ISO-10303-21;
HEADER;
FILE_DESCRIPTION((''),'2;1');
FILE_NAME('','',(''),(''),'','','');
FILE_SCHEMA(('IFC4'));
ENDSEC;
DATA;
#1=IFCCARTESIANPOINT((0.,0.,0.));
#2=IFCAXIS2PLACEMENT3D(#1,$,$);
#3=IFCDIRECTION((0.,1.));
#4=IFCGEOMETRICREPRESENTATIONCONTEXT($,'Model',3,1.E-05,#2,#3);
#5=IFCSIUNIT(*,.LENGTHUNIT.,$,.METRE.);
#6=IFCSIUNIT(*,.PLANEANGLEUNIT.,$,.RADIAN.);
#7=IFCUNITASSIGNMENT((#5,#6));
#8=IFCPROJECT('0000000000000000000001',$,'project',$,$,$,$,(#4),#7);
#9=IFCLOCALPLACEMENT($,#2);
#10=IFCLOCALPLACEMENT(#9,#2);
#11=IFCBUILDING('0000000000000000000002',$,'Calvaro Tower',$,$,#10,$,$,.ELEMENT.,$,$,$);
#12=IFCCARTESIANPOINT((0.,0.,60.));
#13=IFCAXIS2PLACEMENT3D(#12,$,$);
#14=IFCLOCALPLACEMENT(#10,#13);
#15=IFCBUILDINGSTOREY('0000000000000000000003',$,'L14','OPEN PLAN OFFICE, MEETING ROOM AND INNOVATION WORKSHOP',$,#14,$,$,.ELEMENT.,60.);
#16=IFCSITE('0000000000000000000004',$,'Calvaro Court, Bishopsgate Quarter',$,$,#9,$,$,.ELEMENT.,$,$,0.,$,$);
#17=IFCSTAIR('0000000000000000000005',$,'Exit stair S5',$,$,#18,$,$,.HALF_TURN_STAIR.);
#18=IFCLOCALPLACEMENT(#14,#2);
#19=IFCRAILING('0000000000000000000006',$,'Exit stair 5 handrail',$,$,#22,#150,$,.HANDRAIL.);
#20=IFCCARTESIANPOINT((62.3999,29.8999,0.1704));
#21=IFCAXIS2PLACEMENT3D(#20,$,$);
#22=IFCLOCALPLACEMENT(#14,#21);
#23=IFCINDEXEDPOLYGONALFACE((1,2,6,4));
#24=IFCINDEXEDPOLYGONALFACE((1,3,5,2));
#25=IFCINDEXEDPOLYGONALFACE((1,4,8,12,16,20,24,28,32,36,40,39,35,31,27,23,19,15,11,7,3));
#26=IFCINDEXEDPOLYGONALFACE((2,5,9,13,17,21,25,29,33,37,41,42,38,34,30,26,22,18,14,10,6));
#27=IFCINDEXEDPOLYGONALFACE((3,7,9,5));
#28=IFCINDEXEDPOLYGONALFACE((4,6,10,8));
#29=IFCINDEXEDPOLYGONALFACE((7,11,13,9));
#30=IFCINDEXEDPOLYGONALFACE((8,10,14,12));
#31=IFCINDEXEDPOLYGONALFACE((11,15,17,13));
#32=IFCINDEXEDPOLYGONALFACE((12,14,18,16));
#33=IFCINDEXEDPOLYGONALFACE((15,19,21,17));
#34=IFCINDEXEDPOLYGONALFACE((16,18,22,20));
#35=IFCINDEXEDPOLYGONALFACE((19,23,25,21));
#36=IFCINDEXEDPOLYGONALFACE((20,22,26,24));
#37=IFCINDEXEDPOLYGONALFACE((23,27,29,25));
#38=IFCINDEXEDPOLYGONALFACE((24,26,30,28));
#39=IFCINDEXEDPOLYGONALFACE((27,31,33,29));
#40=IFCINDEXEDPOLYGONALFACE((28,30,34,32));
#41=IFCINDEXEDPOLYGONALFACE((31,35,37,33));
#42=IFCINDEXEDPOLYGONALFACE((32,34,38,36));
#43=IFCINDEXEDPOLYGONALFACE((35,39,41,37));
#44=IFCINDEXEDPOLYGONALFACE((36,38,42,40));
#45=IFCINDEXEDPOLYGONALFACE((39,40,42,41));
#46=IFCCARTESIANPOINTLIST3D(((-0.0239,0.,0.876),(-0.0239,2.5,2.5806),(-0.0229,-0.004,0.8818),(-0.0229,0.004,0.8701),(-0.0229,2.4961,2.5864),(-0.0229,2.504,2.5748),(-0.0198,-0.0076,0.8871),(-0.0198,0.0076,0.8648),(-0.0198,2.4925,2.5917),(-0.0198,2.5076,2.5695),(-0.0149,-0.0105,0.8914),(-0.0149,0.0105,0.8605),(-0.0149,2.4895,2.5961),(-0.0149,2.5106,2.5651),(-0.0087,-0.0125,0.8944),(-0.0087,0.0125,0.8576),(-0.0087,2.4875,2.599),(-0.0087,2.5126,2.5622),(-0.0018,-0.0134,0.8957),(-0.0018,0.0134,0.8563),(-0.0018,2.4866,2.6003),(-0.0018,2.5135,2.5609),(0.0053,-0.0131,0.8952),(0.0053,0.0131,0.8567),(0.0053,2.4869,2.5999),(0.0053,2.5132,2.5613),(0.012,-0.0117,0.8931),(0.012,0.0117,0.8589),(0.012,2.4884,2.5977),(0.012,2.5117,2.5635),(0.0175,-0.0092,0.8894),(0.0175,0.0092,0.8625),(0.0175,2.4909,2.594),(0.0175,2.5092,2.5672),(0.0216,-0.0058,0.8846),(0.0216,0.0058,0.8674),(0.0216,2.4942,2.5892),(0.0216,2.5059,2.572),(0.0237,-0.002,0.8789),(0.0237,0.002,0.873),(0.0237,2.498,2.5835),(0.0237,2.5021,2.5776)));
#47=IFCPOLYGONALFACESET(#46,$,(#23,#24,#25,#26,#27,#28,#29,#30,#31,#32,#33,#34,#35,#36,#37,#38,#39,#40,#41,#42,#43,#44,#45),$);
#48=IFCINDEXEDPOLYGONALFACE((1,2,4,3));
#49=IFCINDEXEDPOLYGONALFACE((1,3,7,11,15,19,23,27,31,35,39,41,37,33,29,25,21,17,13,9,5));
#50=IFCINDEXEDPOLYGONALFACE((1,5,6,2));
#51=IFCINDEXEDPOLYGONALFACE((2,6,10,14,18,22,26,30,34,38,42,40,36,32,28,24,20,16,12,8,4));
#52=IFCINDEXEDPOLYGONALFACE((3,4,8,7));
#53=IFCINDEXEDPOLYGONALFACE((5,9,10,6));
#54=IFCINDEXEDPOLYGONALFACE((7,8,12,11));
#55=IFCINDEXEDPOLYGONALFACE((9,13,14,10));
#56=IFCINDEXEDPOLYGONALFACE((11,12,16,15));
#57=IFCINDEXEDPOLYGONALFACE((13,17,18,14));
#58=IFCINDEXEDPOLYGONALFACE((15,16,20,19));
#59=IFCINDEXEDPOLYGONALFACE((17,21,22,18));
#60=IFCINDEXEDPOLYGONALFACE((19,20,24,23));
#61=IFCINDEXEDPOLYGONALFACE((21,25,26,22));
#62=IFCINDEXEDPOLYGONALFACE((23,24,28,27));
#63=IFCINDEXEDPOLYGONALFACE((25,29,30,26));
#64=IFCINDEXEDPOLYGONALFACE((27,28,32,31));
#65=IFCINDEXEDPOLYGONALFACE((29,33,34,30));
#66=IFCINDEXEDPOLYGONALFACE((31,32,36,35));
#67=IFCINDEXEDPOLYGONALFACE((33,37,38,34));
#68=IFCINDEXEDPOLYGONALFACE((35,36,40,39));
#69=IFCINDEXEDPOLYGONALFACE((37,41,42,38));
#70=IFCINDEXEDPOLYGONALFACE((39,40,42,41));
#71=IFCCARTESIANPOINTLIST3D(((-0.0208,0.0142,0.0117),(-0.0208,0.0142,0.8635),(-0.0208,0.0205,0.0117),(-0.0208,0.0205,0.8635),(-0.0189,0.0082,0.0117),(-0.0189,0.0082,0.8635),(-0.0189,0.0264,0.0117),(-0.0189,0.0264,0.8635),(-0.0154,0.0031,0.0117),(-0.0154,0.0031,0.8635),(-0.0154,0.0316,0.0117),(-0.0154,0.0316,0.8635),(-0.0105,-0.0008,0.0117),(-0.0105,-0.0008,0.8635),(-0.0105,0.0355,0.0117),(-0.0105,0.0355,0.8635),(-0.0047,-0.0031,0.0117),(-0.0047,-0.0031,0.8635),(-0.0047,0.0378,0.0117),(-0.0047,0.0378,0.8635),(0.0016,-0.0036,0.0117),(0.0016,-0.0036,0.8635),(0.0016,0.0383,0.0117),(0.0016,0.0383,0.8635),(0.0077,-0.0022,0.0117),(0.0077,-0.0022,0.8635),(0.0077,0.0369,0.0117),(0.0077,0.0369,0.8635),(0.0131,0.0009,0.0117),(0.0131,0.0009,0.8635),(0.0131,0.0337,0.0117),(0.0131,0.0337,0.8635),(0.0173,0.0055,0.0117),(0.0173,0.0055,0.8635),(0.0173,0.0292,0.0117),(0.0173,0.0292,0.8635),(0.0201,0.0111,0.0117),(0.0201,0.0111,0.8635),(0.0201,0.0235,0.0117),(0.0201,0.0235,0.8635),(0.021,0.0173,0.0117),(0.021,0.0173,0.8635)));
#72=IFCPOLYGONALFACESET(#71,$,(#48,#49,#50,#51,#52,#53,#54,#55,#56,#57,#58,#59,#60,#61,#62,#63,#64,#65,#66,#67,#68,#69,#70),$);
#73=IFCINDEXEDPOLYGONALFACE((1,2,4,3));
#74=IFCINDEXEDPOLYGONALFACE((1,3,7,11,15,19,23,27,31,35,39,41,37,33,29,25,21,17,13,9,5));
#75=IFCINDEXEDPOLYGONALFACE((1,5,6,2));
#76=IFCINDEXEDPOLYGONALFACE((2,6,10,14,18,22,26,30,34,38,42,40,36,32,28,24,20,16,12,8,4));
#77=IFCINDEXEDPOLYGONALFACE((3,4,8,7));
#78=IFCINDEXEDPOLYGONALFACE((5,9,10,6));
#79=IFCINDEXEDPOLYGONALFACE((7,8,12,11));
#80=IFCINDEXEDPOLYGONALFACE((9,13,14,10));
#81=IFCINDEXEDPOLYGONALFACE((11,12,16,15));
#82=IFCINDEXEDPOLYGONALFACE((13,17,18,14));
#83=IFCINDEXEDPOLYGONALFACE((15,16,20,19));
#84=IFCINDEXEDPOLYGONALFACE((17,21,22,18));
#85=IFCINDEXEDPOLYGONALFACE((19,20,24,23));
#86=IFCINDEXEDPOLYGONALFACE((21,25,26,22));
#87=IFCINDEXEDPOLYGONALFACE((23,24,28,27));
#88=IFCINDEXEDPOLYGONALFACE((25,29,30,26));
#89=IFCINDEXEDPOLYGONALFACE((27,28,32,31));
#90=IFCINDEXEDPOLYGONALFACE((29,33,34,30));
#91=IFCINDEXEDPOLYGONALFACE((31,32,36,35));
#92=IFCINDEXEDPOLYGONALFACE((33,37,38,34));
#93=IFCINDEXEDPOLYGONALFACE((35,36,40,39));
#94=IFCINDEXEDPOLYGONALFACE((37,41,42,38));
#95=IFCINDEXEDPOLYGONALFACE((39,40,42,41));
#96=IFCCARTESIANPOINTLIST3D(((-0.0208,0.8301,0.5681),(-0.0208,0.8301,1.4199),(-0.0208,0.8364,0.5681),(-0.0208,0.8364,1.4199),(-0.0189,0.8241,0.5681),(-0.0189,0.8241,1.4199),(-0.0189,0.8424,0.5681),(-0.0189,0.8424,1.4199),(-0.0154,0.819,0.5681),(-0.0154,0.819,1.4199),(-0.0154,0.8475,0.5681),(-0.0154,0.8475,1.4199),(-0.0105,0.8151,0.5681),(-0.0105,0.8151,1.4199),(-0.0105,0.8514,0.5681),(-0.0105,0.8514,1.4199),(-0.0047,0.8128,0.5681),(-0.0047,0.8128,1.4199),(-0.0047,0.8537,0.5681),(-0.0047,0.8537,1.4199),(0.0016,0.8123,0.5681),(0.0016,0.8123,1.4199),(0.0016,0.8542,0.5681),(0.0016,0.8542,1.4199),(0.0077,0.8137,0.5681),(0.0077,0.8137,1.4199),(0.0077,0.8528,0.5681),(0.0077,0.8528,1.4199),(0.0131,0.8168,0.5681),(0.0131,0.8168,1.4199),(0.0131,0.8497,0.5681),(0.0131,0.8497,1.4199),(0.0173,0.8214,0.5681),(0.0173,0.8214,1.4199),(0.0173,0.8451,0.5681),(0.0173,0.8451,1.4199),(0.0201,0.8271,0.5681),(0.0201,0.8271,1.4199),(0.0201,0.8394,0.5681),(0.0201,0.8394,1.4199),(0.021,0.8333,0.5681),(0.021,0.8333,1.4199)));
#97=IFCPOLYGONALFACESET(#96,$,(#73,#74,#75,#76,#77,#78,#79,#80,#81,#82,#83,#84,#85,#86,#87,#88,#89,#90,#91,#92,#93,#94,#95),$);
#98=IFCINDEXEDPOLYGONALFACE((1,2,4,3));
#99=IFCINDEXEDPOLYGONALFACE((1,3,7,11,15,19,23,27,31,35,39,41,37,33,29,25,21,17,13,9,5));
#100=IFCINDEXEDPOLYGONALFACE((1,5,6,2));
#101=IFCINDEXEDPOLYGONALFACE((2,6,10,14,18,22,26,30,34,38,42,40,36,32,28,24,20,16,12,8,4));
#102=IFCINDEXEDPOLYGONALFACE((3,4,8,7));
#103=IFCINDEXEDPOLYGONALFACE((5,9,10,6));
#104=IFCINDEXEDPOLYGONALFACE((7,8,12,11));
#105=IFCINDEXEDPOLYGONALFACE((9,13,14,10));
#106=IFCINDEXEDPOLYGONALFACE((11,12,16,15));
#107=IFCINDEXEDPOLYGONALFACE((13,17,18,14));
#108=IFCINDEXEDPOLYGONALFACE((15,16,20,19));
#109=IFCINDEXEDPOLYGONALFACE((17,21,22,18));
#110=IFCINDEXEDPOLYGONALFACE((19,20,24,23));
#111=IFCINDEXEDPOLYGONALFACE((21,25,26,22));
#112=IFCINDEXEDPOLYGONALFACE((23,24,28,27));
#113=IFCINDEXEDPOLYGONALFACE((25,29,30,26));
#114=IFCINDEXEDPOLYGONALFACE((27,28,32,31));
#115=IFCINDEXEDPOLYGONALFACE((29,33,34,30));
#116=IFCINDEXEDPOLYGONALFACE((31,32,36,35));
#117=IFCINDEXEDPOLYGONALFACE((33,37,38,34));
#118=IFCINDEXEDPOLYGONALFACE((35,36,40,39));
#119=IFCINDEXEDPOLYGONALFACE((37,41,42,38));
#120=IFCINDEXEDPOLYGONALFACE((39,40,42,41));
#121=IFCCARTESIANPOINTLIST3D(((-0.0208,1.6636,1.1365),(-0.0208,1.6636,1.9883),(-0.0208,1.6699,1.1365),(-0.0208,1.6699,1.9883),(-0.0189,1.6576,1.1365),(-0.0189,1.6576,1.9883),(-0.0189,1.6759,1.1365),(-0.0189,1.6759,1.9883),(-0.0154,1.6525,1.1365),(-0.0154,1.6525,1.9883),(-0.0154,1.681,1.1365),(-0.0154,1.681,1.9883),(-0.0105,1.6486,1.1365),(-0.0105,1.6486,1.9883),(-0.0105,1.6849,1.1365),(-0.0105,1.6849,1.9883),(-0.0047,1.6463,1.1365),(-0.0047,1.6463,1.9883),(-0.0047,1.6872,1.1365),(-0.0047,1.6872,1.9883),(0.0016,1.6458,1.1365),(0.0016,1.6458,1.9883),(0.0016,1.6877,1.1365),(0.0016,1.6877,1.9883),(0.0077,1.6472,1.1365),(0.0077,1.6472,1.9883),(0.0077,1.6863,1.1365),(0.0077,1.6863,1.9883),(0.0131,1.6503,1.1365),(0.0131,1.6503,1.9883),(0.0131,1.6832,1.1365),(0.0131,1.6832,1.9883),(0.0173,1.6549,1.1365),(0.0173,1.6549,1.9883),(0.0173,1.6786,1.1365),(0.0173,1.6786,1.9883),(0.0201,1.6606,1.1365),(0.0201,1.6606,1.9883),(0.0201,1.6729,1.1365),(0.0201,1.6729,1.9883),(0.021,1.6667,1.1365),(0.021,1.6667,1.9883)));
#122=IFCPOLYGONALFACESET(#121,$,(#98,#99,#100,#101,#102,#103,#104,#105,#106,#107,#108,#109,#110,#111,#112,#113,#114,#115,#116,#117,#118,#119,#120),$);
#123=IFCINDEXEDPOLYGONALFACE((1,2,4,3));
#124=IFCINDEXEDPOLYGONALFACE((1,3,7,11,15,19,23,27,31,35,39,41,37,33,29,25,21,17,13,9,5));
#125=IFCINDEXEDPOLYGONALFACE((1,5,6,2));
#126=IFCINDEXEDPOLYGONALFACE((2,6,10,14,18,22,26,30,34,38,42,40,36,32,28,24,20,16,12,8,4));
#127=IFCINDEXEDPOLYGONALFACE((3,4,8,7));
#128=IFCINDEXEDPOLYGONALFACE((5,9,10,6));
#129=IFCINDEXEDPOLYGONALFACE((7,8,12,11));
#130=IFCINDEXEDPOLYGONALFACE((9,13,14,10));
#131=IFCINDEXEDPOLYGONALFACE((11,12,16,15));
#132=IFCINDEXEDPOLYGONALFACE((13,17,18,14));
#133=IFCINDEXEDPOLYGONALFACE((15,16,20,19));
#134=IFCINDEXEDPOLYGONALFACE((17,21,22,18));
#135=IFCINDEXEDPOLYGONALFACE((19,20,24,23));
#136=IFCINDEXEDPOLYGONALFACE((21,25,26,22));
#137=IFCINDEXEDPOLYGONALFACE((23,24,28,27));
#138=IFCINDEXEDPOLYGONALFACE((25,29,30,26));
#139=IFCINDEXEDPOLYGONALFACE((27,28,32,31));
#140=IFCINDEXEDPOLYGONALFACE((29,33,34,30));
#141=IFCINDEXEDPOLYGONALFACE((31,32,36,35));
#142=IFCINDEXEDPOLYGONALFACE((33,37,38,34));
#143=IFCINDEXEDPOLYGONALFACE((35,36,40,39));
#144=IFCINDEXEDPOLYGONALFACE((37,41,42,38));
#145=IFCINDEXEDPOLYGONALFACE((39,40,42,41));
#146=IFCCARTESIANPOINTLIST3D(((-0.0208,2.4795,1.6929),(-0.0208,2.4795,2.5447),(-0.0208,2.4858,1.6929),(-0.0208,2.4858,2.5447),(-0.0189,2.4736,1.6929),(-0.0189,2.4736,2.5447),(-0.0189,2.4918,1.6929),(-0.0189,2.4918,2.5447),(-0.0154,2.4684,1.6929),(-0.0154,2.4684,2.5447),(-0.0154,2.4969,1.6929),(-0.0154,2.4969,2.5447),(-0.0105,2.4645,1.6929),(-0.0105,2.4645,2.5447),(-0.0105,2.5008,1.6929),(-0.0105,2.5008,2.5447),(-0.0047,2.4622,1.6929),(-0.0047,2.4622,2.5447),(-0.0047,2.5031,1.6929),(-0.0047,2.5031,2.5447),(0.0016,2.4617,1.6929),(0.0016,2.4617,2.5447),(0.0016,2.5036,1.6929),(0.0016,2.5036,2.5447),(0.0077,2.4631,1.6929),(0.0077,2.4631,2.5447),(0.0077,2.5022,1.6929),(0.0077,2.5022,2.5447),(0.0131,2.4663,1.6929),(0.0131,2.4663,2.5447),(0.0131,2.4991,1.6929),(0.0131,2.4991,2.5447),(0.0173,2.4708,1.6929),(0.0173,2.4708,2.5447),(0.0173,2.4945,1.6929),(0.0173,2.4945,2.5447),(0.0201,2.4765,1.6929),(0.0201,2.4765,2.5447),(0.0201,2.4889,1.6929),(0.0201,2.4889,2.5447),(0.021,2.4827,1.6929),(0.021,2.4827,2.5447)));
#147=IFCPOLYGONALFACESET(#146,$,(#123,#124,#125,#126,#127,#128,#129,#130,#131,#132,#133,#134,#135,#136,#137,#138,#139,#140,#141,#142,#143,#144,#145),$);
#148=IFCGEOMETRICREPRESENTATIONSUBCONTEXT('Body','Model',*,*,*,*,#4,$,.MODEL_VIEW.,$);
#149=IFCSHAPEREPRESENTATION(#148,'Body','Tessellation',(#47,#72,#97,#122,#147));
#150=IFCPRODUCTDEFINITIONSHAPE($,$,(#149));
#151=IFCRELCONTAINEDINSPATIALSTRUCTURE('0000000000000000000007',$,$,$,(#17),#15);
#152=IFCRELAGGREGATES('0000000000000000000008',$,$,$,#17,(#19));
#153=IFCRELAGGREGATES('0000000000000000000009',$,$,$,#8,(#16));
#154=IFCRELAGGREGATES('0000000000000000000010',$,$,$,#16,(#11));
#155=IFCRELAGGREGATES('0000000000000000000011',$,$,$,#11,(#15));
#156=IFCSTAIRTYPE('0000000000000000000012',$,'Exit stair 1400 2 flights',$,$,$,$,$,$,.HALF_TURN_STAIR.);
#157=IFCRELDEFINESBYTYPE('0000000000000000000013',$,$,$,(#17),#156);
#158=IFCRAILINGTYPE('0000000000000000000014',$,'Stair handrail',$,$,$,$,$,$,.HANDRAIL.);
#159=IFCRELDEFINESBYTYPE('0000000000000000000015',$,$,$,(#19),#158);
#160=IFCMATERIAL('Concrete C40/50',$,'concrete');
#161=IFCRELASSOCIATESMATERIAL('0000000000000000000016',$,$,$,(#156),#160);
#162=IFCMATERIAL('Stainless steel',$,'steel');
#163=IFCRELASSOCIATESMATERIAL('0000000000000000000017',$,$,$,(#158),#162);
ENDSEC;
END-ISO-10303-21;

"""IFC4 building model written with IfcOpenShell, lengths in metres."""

from ifc_helpers import new_model, si_unit, direction, frame, origin, origin_2d, place, context, subcontext, project, spatial, circle, extrude, material, type_object, element, aggregate, save


model = new_model("IFC4")

# Units and contexts
model_context = context("Model", 3, precision=1e-05, world=origin(), true_north=direction((0.0, 1.0)))
body_context = subcontext(model_context, "Body", "Model", "MODEL_VIEW")
ifc_project = project(units=[si_unit("LENGTHUNIT", "METRE"), si_unit("PLANEANGLEUNIT", "RADIAN")], contexts=[model_context])

# Site, building, storey
site_placement = place(None, origin())
site = spatial("IfcSite", under=ifc_project, at=site_placement, Name="Calvaro Court, Bishopsgate Quarter", CompositionType="ELEMENT", RefElevation=0.0)
building_placement = place(site_placement, origin())
building = spatial("IfcBuilding", under=site, at=building_placement, Name="Calvaro Tower", CompositionType="ELEMENT")
storey_placement = place(building_placement, frame((0.0, 0.0, 60.0)))
storey = spatial("IfcBuildingStorey", under=building, at=storey_placement, Name="L14", Description="OPEN PLAN OFFICE, MEETING ROOM AND INNOVATION WORKSHOP", CompositionType="ELEMENT", Elevation=60.0)

# Stair, railing
ifc_material_1 = material(Name="Concrete C40/50", Category="concrete")
stair_type = type_object("IfcStairType", Name="Exit stair 1400 2 flights", PredefinedType="HALF_TURN_STAIR", material=ifc_material_1)
stair_placement = place(storey_placement, origin())
stair = element("IfcStair", 1, at=stair_placement, inside=storey, type_object=stair_type, Name="Exit stair S5", PredefinedType="HALF_TURN_STAIR")
ifc_material_2 = material(Name="Stainless steel", Category="steel")
railing_type = type_object("IfcRailingType", Name="Stair handrail", PredefinedType="HANDRAIL", material=ifc_material_2)
railing_1_placement = place(storey_placement, frame((62.3999, 29.8999, 0.1704)))
railing_1 = element("IfcRailing", 2, at=railing_1_placement, type_object=railing_type, Name="Exit stair 5 handrail", PredefinedType="HANDRAIL", context=body_context, shape_type="SweptSolid", body=[
    extrude(circle(Radius=0.0239, at=origin_2d()), frame((0.0, 0.0, 0.876), z_axis=(0.0, 0.826221, 0.563347), x_axis=(-1.0, 0.0, 0.0)), (0.0, 0.0, 1.0), 3.0259),
    extrude(circle(Radius=0.021, at=origin_2d()), frame((0.0, 0.0173, 0.0117)), (0.0, 0.0, 1.0), 0.8518),
    extrude(circle(Radius=0.021, at=origin_2d()), frame((0.0, 0.8333, 0.5681)), (0.0, 0.0, 1.0), 0.8518),
    extrude(circle(Radius=0.021, at=origin_2d()), frame((0.0, 1.6667, 1.1365)), (0.0, 0.0, 1.0), 0.8518),
    extrude(circle(Radius=0.021, at=origin_2d()), frame((0.0, 2.4827, 1.6929)), (0.0, 0.0, 1.0), 0.8518),
])
aggregate(stair, [railing_1])

save(model, "model.ifc")
